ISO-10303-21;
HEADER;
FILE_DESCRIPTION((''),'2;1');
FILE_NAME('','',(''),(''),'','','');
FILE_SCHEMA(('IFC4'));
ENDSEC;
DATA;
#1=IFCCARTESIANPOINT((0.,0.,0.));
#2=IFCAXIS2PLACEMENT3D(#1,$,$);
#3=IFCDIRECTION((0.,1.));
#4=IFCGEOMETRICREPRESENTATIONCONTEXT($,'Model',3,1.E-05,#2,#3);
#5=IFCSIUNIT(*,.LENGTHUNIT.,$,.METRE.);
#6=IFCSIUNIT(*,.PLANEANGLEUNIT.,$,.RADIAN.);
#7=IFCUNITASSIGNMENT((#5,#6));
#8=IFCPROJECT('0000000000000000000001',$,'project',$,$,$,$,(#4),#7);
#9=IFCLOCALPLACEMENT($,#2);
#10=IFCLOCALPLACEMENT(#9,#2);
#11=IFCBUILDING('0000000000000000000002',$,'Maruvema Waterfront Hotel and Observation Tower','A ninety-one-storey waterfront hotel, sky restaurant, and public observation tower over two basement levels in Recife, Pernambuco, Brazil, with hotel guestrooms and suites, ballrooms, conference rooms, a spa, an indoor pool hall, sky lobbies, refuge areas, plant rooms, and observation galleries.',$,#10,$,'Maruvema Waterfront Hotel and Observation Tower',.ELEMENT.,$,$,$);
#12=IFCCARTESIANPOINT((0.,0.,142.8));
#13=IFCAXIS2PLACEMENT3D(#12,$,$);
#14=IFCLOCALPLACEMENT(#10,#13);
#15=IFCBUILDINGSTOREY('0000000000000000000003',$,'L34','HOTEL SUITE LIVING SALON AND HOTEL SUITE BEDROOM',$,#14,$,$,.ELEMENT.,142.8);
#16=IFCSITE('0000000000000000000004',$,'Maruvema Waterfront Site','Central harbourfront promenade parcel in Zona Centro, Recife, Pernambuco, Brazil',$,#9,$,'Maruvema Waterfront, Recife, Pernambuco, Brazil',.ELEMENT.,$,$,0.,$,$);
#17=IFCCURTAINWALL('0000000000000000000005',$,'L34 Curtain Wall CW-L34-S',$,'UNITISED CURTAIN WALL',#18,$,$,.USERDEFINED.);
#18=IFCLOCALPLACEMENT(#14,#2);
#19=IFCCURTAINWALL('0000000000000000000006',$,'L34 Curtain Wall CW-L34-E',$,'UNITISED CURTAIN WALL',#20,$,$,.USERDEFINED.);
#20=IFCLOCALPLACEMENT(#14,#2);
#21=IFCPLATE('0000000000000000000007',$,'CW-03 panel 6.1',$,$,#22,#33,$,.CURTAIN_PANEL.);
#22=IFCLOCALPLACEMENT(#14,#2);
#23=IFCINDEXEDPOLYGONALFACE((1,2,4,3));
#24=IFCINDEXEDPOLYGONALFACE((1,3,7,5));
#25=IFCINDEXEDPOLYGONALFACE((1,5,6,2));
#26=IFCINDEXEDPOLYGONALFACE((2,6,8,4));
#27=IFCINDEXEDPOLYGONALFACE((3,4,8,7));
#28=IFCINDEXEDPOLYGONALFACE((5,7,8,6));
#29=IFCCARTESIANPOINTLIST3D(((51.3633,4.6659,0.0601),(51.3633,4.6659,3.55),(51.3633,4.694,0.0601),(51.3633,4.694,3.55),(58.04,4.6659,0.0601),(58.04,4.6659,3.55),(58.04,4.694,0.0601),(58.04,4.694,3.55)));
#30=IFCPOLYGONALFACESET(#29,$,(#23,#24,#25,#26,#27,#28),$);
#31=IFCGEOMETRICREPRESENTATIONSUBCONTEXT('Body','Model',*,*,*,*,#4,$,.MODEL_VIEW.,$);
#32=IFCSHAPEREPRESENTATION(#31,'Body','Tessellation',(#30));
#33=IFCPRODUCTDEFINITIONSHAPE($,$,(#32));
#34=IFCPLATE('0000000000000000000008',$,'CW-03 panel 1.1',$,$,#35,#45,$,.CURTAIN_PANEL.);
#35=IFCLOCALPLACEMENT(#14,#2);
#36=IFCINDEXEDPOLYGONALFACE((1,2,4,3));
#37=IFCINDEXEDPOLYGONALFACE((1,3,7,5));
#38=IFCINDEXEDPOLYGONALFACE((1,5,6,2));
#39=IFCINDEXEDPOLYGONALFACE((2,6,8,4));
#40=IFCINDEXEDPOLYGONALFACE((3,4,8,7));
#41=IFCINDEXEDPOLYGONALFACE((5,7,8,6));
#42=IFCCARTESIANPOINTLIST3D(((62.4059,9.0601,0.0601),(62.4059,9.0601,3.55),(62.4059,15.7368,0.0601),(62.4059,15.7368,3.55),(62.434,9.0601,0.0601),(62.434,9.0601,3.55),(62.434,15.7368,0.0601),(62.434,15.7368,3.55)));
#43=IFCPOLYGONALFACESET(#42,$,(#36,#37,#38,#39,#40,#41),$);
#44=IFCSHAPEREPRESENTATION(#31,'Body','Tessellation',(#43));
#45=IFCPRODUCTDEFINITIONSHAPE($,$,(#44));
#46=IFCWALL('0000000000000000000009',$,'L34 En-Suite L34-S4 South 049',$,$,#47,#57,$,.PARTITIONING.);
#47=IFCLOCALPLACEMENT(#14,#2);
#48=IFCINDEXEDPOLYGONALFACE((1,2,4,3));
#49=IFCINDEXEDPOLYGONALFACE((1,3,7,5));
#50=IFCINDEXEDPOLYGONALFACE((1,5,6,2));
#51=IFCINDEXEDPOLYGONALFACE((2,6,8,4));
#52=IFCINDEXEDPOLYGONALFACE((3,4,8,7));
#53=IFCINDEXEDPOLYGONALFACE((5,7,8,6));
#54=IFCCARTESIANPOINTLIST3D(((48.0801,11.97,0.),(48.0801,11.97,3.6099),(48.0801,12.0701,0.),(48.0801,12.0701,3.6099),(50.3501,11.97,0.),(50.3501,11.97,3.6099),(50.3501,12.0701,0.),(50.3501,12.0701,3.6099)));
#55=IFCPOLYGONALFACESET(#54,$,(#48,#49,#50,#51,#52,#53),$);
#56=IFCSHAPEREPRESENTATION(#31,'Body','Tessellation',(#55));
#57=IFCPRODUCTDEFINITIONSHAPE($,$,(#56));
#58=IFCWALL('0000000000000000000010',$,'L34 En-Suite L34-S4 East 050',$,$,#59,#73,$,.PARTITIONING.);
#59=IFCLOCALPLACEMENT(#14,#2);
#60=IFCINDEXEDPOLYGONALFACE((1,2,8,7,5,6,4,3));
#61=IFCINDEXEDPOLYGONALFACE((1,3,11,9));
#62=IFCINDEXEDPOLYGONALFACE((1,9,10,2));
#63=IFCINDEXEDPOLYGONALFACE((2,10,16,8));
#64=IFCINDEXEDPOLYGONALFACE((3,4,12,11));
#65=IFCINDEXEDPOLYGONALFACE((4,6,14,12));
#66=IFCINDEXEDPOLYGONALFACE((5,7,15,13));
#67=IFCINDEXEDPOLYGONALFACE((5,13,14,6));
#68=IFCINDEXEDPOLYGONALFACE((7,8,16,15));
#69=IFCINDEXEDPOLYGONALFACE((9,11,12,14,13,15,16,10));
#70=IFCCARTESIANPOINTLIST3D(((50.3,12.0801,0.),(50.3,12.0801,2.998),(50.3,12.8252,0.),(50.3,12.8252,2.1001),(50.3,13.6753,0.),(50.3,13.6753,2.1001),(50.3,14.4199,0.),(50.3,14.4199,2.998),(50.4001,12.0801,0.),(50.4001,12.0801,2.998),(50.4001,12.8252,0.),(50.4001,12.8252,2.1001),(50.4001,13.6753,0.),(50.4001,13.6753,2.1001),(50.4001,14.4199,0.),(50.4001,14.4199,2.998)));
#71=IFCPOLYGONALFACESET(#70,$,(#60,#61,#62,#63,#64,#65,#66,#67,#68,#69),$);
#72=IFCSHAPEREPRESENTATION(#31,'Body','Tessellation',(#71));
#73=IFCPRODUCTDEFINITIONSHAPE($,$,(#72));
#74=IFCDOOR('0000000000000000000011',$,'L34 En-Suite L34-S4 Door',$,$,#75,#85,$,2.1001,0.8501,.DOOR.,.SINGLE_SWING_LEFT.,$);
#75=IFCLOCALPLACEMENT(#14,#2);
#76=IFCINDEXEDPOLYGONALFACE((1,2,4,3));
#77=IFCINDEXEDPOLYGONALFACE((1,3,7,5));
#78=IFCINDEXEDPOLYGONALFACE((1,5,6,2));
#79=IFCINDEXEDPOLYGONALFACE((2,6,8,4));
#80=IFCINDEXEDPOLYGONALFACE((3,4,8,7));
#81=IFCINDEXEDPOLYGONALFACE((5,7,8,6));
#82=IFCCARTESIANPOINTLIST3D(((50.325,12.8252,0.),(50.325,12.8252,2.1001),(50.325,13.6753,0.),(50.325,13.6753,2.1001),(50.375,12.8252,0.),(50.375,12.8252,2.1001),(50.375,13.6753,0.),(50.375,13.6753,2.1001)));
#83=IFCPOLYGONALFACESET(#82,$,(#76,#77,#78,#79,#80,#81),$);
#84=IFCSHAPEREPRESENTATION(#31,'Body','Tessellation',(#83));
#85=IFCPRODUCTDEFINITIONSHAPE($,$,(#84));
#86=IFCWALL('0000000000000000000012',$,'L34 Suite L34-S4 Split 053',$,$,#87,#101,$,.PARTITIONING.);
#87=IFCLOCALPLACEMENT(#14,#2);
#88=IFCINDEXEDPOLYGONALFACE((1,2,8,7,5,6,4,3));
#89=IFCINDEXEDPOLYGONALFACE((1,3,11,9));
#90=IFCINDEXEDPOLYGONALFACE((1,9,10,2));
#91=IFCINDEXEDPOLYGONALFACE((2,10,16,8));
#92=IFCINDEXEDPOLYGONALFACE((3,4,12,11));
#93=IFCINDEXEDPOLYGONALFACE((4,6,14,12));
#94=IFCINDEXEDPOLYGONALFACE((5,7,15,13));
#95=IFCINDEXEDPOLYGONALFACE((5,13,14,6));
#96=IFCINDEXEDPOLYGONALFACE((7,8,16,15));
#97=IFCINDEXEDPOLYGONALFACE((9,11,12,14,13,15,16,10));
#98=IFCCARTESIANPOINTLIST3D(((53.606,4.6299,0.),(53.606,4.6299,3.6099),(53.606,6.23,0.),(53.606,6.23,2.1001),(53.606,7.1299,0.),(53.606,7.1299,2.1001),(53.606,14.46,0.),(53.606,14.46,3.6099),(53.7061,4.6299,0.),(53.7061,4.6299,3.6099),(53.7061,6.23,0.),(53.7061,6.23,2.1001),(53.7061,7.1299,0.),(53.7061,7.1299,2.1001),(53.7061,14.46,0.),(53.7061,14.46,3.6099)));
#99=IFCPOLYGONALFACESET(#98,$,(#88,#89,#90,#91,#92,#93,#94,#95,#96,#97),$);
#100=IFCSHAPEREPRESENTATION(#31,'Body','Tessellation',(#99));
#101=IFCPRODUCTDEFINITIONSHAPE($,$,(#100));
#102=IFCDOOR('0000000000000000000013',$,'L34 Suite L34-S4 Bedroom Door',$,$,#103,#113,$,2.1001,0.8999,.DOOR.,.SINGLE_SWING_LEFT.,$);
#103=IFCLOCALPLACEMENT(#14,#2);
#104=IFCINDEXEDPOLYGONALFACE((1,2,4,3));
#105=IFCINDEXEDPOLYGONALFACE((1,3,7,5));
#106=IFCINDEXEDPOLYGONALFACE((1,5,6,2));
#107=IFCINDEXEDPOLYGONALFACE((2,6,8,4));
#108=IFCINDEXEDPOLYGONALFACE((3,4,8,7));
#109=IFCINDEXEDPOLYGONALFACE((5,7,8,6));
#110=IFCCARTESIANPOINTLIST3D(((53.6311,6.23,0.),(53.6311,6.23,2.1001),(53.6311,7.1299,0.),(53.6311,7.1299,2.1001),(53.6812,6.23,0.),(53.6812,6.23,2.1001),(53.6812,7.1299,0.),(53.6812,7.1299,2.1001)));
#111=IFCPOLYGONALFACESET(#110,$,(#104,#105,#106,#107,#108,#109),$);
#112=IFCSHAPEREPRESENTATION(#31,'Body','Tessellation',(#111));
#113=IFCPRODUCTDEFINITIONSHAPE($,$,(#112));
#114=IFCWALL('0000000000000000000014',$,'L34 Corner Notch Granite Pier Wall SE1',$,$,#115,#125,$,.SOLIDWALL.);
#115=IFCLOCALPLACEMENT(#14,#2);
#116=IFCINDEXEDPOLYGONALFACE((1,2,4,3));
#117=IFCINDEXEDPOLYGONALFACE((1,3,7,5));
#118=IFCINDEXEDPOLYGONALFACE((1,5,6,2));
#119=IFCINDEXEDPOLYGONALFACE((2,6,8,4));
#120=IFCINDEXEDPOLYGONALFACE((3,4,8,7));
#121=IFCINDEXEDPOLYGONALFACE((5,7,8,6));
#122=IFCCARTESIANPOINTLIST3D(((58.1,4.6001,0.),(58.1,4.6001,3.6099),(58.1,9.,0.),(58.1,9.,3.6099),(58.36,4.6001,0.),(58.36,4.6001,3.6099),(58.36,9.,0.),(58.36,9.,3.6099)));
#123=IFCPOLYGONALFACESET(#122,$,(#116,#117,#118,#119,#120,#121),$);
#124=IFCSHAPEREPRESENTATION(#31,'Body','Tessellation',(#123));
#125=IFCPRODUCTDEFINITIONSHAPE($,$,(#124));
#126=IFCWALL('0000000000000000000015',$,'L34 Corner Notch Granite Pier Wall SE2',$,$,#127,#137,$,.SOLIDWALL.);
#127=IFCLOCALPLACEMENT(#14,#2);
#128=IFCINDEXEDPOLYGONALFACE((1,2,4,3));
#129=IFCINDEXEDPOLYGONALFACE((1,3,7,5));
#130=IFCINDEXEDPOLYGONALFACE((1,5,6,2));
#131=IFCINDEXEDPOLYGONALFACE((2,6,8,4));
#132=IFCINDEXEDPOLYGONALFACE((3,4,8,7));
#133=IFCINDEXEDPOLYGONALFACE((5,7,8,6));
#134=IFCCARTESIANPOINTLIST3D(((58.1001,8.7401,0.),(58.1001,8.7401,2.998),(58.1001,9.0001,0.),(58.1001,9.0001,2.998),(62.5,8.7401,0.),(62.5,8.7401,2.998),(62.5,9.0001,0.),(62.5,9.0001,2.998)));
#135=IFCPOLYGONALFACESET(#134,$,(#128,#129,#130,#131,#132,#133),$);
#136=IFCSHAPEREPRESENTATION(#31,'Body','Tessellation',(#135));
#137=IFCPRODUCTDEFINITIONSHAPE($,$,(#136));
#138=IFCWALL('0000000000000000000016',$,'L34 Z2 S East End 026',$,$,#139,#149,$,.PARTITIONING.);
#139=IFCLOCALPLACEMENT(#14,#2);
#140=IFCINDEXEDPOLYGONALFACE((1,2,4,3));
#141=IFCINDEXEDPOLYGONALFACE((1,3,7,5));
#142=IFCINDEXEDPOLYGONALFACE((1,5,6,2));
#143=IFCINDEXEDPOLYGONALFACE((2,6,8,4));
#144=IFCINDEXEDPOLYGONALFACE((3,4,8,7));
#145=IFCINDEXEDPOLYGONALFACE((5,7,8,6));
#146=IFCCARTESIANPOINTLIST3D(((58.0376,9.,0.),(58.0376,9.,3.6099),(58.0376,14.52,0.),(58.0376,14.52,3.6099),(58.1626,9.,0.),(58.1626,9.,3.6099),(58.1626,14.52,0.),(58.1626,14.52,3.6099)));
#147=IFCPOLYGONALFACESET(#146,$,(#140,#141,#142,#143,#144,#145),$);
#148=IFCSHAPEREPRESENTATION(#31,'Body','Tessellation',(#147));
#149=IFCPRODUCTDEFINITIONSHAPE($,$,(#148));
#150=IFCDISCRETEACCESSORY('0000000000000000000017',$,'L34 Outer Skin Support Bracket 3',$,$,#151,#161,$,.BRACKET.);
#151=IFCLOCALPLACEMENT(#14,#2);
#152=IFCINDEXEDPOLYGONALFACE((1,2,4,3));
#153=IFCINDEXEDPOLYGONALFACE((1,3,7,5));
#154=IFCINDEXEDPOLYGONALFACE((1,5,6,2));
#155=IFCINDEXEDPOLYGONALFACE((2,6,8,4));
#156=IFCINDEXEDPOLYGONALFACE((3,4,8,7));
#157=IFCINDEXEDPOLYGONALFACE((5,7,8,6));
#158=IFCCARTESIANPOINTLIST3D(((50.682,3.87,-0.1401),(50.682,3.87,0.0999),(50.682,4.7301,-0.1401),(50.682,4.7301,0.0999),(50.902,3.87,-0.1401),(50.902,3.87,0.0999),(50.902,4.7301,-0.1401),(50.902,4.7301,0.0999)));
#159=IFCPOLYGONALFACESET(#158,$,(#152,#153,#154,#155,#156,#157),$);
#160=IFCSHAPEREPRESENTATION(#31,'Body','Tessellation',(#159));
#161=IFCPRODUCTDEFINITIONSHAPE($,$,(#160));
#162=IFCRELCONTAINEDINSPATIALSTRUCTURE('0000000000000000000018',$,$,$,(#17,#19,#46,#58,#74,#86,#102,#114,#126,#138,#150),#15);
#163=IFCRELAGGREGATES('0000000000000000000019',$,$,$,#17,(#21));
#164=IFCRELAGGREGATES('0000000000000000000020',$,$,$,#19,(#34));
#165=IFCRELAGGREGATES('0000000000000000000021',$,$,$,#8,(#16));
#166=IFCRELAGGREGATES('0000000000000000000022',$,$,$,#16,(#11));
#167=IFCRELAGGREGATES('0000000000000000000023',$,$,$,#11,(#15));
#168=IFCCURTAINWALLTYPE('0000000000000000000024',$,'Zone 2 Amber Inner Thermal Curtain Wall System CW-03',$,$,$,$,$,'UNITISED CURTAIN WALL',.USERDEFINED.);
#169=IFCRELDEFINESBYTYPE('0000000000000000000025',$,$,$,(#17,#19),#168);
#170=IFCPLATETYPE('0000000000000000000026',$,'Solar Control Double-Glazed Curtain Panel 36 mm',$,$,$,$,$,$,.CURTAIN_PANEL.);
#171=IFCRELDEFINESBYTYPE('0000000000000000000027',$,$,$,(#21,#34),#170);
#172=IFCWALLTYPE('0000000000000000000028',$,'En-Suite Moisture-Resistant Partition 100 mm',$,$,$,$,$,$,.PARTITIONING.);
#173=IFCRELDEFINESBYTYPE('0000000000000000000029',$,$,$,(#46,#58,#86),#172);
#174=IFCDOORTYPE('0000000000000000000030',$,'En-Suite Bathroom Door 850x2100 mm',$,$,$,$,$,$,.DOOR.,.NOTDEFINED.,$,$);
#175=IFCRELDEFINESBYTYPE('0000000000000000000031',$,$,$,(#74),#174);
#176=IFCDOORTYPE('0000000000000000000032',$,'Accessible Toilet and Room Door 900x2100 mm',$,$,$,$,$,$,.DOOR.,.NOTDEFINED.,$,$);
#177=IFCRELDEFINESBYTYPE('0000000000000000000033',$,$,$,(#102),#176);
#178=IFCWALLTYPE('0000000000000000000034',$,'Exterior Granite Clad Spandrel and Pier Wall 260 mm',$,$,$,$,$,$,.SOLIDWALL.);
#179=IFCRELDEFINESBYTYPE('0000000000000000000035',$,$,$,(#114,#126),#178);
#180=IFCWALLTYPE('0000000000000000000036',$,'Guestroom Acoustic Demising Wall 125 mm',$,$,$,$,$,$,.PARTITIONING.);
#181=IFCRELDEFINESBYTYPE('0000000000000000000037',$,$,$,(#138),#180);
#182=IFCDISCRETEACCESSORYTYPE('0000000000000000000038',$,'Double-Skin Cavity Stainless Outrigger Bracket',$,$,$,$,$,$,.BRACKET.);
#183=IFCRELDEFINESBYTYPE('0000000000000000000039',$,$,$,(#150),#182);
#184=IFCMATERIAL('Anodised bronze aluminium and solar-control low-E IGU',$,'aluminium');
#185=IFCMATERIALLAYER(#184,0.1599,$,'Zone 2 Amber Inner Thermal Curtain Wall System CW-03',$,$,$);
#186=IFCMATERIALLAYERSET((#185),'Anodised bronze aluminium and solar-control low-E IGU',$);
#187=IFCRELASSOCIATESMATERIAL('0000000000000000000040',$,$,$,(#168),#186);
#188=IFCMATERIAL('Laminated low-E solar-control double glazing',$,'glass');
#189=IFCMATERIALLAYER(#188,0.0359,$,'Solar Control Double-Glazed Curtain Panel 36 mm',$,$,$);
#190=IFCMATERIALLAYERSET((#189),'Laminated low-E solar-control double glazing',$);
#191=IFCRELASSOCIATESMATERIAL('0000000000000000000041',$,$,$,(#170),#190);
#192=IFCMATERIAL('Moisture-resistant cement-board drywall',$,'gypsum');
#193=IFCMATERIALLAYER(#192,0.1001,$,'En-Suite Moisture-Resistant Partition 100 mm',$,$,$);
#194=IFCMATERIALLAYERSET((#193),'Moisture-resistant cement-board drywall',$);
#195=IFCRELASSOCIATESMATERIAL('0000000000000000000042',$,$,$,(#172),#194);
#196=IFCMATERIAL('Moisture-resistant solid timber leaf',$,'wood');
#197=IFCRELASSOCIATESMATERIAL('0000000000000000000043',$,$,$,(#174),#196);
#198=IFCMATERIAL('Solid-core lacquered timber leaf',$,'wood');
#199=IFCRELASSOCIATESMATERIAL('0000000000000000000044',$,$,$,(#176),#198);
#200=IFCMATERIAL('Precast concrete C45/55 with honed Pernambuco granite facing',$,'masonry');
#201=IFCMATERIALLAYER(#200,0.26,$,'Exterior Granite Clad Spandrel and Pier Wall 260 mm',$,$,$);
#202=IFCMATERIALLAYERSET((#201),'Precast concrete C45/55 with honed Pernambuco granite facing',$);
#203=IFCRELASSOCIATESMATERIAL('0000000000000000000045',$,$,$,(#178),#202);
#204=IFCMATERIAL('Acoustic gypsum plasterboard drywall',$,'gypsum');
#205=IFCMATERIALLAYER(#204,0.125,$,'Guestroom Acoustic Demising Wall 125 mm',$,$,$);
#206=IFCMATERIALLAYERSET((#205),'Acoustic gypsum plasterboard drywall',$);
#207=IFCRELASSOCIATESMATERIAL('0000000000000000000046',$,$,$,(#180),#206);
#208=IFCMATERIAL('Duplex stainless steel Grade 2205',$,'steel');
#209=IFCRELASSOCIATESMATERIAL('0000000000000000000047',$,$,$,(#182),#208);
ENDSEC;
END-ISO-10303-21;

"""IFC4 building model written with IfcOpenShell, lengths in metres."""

from ifc_helpers import new_model, si_unit, direction, frame, frame_2d, origin, origin_2d, place, context, subcontext, project, spatial, rectangle, extrude, material, layer, layer_set, type_object, element, fill, aggregate, save


model = new_model("IFC4")

# Units and contexts
model_context = context("Model", 3, precision=1e-05, world=origin(), true_north=direction((0.0, 1.0)))
body_context = subcontext(model_context, "Body", "Model", "MODEL_VIEW")
ifc_project = project(units=[si_unit("LENGTHUNIT", "METRE"), si_unit("PLANEANGLEUNIT", "RADIAN")], contexts=[model_context])

# Site, building, storey
site_placement = place(None, origin())
site = spatial("IfcSite", under=ifc_project, at=site_placement, Name="Maruvema Waterfront Site", Description="Central harbourfront promenade parcel in Zona Centro, Recife, Pernambuco, Brazil", LongName="Maruvema Waterfront, Recife, Pernambuco, Brazil", CompositionType="ELEMENT", RefElevation=0.0)
building_placement = place(site_placement, origin())
building = spatial("IfcBuilding", under=site, at=building_placement, Name="Maruvema Waterfront Hotel and Observation Tower", Description="A ninety-one-storey waterfront hotel, sky restaurant, and public observation tower over two basement levels in Recife, Pernambuco, Brazil, with hotel guestrooms and suites, ballrooms, conference rooms, a spa, an indoor pool hall, sky lobbies, refuge areas, plant rooms, and observation galleries.", LongName="Maruvema Waterfront Hotel and Observation Tower", CompositionType="ELEMENT")
storey_placement = place(building_placement, frame((0.0, 0.0, 142.8)))
storey = spatial("IfcBuildingStorey", under=building, at=storey_placement, Name="L34", Description="HOTEL SUITE LIVING SALON AND HOTEL SUITE BEDROOM", CompositionType="ELEMENT", Elevation=142.8)

# Curtain walls
ifc_material_1 = material(Name="Anodised bronze aluminium and solar-control low-E IGU", Category="aluminium")
ifc_layer_1 = layer(ifc_material_1, 0.1599, Name="Zone 2 Amber Inner Thermal Curtain Wall System CW-03")
ifc_layer_set_1 = layer_set([ifc_layer_1], Name="Anodised bronze aluminium and solar-control low-E IGU")
curtain_wall_type = type_object("IfcCurtainWallType", Name="Zone 2 Amber Inner Thermal Curtain Wall System CW-03", ElementType="UNITISED CURTAIN WALL", PredefinedType="USERDEFINED", material=ifc_layer_set_1)
curtain_wall_1_placement = place(storey_placement, origin())
curtain_wall_1 = element("IfcCurtainWall", 1, at=curtain_wall_1_placement, inside=storey, type_object=curtain_wall_type, Name="L34 Curtain Wall CW-L34-S", ObjectType="UNITISED CURTAIN WALL", PredefinedType="USERDEFINED")
curtain_wall_2_placement = place(storey_placement, origin())
curtain_wall_2 = element("IfcCurtainWall", 2, at=curtain_wall_2_placement, inside=storey, type_object=curtain_wall_type, Name="L34 Curtain Wall CW-L34-E", ObjectType="UNITISED CURTAIN WALL", PredefinedType="USERDEFINED")

# Plates
ifc_material_2 = material(Name="Laminated low-E solar-control double glazing", Category="glass")
ifc_layer_2 = layer(ifc_material_2, 0.0359, Name="Solar Control Double-Glazed Curtain Panel 36 mm")
ifc_layer_set_2 = layer_set([ifc_layer_2], Name="Laminated low-E solar-control double glazing")
plate_type = type_object("IfcPlateType", Name="Solar Control Double-Glazed Curtain Panel 36 mm", PredefinedType="CURTAIN_PANEL", material=ifc_layer_set_2)
plate_1_placement = place(storey_placement, frame((54.7017, 4.6799, 0.0601), z_axis=(0.0, 0.0, 1.0), x_axis=(1.0, 0.0, 0.0)))
plate_1 = element("IfcPlate", 3, at=plate_1_placement, type_object=plate_type, Name="CW-03 panel 6.1", PredefinedType="CURTAIN_PANEL", context=body_context, shape_type="SweptSolid", body=[
    extrude(rectangle(XDim=6.6768, YDim=0.0281, at=origin_2d()), origin(), (0.0, 0.0, 1.0), 3.49),
])
aggregate(curtain_wall_1, [plate_1])
plate_2_placement = place(storey_placement, frame((62.4199, 12.3984, 0.0601), z_axis=(0.0, 0.0, 1.0), x_axis=(0.0, 1.0, 0.0)))
plate_2 = element("IfcPlate", 4, at=plate_2_placement, type_object=plate_type, Name="CW-03 panel 1.1", PredefinedType="CURTAIN_PANEL", context=body_context, shape_type="SweptSolid", body=[
    extrude(rectangle(XDim=6.6768, YDim=0.0281, at=origin_2d()), origin(), (0.0, 0.0, 1.0), 3.49),
])
aggregate(curtain_wall_2, [plate_2])

# Wall
ifc_material_3 = material(Name="Moisture-resistant cement-board drywall", Category="gypsum")
ifc_layer_3 = layer(ifc_material_3, 0.1001, Name="En-Suite Moisture-Resistant Partition 100 mm")
ifc_layer_set_3 = layer_set([ifc_layer_3], Name="Moisture-resistant cement-board drywall")
wall_type_1 = type_object("IfcWallType", Name="En-Suite Moisture-Resistant Partition 100 mm", PredefinedType="PARTITIONING", material=ifc_layer_set_3)
wall_1_placement = place(storey_placement, frame((48.0801, 12.02, 0.0), z_axis=(0.0, 0.0, 1.0), x_axis=(1.0, 0.0, 0.0)))
element("IfcWall", 5, at=wall_1_placement, inside=storey, type_object=wall_type_1, Name="L34 En-Suite L34-S4 South 049", PredefinedType="PARTITIONING", context=body_context, shape_type="SweptSolid", body=[
    extrude(rectangle(XDim=2.27, YDim=0.1001, at=frame_2d((1.135, 0.0))), origin(), (0.0, 0.0, 1.0), 3.6099),
])

# Walls, openings, doors
wall_2_placement = place(storey_placement, frame((50.3501, 12.0801, 0.0), z_axis=(0.0, 0.0, 1.0), x_axis=(0.0, 1.0, 0.0)))
wall_2 = element("IfcWall", 6, at=wall_2_placement, inside=storey, type_object=wall_type_1, Name="L34 En-Suite L34-S4 East 050", PredefinedType="PARTITIONING", context=body_context, shape_type="SweptSolid", body=[
    extrude(rectangle(XDim=2.3398, YDim=0.1001, at=frame_2d((1.1699, 0.0))), origin(), (0.0, 0.0, 1.0), 2.998),
])
opening_1_placement = place(wall_2_placement, frame((0.7451, 0.0, 0.0)))
opening_1 = element("IfcOpeningElement", 7, at=opening_1_placement, cuts=wall_2, PredefinedType="OPENING", context=body_context, shape_type="SweptSolid", body=[
    extrude(rectangle(XDim=0.8501, YDim=2.1001, at=frame_2d((0.425, 1.05))), frame((0.0, 0.0601, 0.0), z_axis=(0.0, -1.0, 0.0), x_axis=(1.0, 0.0, 0.0)), (0.0, 0.0, 1.0), 0.1201),
])
ifc_material_4 = material(Name="Moisture-resistant solid timber leaf", Category="wood")
door_type_1 = type_object("IfcDoorType", Name="En-Suite Bathroom Door 850x2100 mm", OperationType="NOTDEFINED", PredefinedType="DOOR", material=ifc_material_4)
door_1_placement = place(opening_1_placement, frame((0.8501, 0.0, 0.0), z_axis=(0.0, 0.0, 1.0), x_axis=(-1.0, 0.0, 0.0)))
door_1 = element("IfcDoor", 8, at=door_1_placement, inside=storey, type_object=door_type_1, Name="L34 En-Suite L34-S4 Door", OperationType="SINGLE_SWING_LEFT", OverallHeight=2.1001, OverallWidth=0.8501, PredefinedType="DOOR", context=body_context, shape_type="SweptSolid", body=[
    extrude(rectangle(XDim=0.8501, YDim=2.1001, at=frame_2d((0.425, 1.05))), frame((0.0, 0.0249, 0.0), z_axis=(0.0, -1.0, 0.0), x_axis=(1.0, 0.0, 0.0)), (0.0, 0.0, 1.0), 0.05),
])
fill(opening_1, door_1)
wall_3_placement = place(storey_placement, frame((53.656, 4.6299, 0.0), z_axis=(0.0, 0.0, 1.0), x_axis=(0.0, 1.0, 0.0)))
wall_3 = element("IfcWall", 9, at=wall_3_placement, inside=storey, type_object=wall_type_1, Name="L34 Suite L34-S4 Split 053", PredefinedType="PARTITIONING", context=body_context, shape_type="SweptSolid", body=[
    extrude(rectangle(XDim=9.8301, YDim=0.1001, at=frame_2d((4.915, 0.0))), origin(), (0.0, 0.0, 1.0), 3.6099),
])
opening_2_placement = place(wall_3_placement, frame((1.6001, 0.0, 0.0)))
opening_2 = element("IfcOpeningElement", 10, at=opening_2_placement, cuts=wall_3, PredefinedType="OPENING", context=body_context, shape_type="SweptSolid", body=[
    extrude(rectangle(XDim=0.8999, YDim=2.1001, at=frame_2d((0.45, 1.05))), frame((0.0, 0.0601, 0.0), z_axis=(0.0, -1.0, 0.0), x_axis=(1.0, 0.0, 0.0)), (0.0, 0.0, 1.0), 0.1201),
])
ifc_material_5 = material(Name="Solid-core lacquered timber leaf", Category="wood")
door_type_2 = type_object("IfcDoorType", Name="Accessible Toilet and Room Door 900x2100 mm", OperationType="NOTDEFINED", PredefinedType="DOOR", material=ifc_material_5)
door_2_placement = place(opening_2_placement, origin())
door_2 = element("IfcDoor", 11, at=door_2_placement, inside=storey, type_object=door_type_2, Name="L34 Suite L34-S4 Bedroom Door", OperationType="SINGLE_SWING_LEFT", OverallHeight=2.1001, OverallWidth=0.8999, PredefinedType="DOOR", context=body_context, shape_type="SweptSolid", body=[
    extrude(rectangle(XDim=0.8999, YDim=2.1001, at=frame_2d((0.45, 1.05))), frame((0.0, 0.0249, 0.0), z_axis=(0.0, -1.0, 0.0), x_axis=(1.0, 0.0, 0.0)), (0.0, 0.0, 1.0), 0.05),
])
fill(opening_2, door_2)

# Walls
ifc_material_6 = material(Name="Precast concrete C45/55 with honed Pernambuco granite facing", Category="masonry")
ifc_layer_4 = layer(ifc_material_6, 0.26, Name="Exterior Granite Clad Spandrel and Pier Wall 260 mm")
ifc_layer_set_4 = layer_set([ifc_layer_4], Name="Precast concrete C45/55 with honed Pernambuco granite facing")
wall_type_2 = type_object("IfcWallType", Name="Exterior Granite Clad Spandrel and Pier Wall 260 mm", PredefinedType="SOLIDWALL", material=ifc_layer_set_4)
wall_4_placement = place(storey_placement, frame((58.23, 9.0, 0.0), z_axis=(0.0, 0.0, 1.0), x_axis=(0.0, -1.0, 0.0)))
element("IfcWall", 12, at=wall_4_placement, inside=storey, type_object=wall_type_2, Name="L34 Corner Notch Granite Pier Wall SE1", PredefinedType="SOLIDWALL", context=body_context, shape_type="SweptSolid", body=[
    extrude(rectangle(XDim=4.3999, YDim=0.26, at=frame_2d((2.2, 0.0))), origin(), (0.0, 0.0, 1.0), 3.6099),
])
wall_5_placement = place(storey_placement, frame((62.5, 8.8701, 0.0), z_axis=(0.0, 0.0, 1.0), x_axis=(-1.0, 0.0, 0.0)))
element("IfcWall", 13, at=wall_5_placement, inside=storey, type_object=wall_type_2, Name="L34 Corner Notch Granite Pier Wall SE2", PredefinedType="SOLIDWALL", context=body_context, shape_type="SweptSolid", body=[
    extrude(rectangle(XDim=4.3999, YDim=0.26, at=frame_2d((2.2, 0.0))), origin(), (0.0, 0.0, 1.0), 2.998),
])
ifc_material_7 = material(Name="Acoustic gypsum plasterboard drywall", Category="gypsum")
ifc_layer_5 = layer(ifc_material_7, 0.125, Name="Guestroom Acoustic Demising Wall 125 mm")
ifc_layer_set_5 = layer_set([ifc_layer_5], Name="Acoustic gypsum plasterboard drywall")
wall_type_3 = type_object("IfcWallType", Name="Guestroom Acoustic Demising Wall 125 mm", PredefinedType="PARTITIONING", material=ifc_layer_set_5)
wall_6_placement = place(storey_placement, frame((58.1001, 9.0, 0.0), z_axis=(0.0, 0.0, 1.0), x_axis=(0.0, 1.0, 0.0)))
element("IfcWall", 14, at=wall_6_placement, inside=storey, type_object=wall_type_3, Name="L34 Z2 S East End 026", PredefinedType="PARTITIONING", context=body_context, shape_type="SweptSolid", body=[
    extrude(rectangle(XDim=5.52, YDim=0.125, at=frame_2d((2.76, 0.0))), origin(), (0.0, 0.0, 1.0), 3.6099),
])

# Discrete accessory
ifc_material_8 = material(Name="Duplex stainless steel Grade 2205", Category="steel")
discrete_accessory_type = type_object("IfcDiscreteAccessoryType", Name="Double-Skin Cavity Stainless Outrigger Bracket", PredefinedType="BRACKET", material=ifc_material_8)
discrete_accessory_placement = place(storey_placement, frame((50.792, 4.3, -0.1401), z_axis=(0.0, 0.0, 1.0), x_axis=(1.0, 0.0, 0.0)))
element("IfcDiscreteAccessory", 15, at=discrete_accessory_placement, inside=storey, type_object=discrete_accessory_type, Name="L34 Outer Skin Support Bracket 3", PredefinedType="BRACKET", context=body_context, shape_type="SweptSolid", body=[
    extrude(rectangle(XDim=0.22, YDim=0.8601, at=origin_2d()), origin(), (0.0, 0.0, 1.0), 0.24),
])

save(model, "model.ifc")
